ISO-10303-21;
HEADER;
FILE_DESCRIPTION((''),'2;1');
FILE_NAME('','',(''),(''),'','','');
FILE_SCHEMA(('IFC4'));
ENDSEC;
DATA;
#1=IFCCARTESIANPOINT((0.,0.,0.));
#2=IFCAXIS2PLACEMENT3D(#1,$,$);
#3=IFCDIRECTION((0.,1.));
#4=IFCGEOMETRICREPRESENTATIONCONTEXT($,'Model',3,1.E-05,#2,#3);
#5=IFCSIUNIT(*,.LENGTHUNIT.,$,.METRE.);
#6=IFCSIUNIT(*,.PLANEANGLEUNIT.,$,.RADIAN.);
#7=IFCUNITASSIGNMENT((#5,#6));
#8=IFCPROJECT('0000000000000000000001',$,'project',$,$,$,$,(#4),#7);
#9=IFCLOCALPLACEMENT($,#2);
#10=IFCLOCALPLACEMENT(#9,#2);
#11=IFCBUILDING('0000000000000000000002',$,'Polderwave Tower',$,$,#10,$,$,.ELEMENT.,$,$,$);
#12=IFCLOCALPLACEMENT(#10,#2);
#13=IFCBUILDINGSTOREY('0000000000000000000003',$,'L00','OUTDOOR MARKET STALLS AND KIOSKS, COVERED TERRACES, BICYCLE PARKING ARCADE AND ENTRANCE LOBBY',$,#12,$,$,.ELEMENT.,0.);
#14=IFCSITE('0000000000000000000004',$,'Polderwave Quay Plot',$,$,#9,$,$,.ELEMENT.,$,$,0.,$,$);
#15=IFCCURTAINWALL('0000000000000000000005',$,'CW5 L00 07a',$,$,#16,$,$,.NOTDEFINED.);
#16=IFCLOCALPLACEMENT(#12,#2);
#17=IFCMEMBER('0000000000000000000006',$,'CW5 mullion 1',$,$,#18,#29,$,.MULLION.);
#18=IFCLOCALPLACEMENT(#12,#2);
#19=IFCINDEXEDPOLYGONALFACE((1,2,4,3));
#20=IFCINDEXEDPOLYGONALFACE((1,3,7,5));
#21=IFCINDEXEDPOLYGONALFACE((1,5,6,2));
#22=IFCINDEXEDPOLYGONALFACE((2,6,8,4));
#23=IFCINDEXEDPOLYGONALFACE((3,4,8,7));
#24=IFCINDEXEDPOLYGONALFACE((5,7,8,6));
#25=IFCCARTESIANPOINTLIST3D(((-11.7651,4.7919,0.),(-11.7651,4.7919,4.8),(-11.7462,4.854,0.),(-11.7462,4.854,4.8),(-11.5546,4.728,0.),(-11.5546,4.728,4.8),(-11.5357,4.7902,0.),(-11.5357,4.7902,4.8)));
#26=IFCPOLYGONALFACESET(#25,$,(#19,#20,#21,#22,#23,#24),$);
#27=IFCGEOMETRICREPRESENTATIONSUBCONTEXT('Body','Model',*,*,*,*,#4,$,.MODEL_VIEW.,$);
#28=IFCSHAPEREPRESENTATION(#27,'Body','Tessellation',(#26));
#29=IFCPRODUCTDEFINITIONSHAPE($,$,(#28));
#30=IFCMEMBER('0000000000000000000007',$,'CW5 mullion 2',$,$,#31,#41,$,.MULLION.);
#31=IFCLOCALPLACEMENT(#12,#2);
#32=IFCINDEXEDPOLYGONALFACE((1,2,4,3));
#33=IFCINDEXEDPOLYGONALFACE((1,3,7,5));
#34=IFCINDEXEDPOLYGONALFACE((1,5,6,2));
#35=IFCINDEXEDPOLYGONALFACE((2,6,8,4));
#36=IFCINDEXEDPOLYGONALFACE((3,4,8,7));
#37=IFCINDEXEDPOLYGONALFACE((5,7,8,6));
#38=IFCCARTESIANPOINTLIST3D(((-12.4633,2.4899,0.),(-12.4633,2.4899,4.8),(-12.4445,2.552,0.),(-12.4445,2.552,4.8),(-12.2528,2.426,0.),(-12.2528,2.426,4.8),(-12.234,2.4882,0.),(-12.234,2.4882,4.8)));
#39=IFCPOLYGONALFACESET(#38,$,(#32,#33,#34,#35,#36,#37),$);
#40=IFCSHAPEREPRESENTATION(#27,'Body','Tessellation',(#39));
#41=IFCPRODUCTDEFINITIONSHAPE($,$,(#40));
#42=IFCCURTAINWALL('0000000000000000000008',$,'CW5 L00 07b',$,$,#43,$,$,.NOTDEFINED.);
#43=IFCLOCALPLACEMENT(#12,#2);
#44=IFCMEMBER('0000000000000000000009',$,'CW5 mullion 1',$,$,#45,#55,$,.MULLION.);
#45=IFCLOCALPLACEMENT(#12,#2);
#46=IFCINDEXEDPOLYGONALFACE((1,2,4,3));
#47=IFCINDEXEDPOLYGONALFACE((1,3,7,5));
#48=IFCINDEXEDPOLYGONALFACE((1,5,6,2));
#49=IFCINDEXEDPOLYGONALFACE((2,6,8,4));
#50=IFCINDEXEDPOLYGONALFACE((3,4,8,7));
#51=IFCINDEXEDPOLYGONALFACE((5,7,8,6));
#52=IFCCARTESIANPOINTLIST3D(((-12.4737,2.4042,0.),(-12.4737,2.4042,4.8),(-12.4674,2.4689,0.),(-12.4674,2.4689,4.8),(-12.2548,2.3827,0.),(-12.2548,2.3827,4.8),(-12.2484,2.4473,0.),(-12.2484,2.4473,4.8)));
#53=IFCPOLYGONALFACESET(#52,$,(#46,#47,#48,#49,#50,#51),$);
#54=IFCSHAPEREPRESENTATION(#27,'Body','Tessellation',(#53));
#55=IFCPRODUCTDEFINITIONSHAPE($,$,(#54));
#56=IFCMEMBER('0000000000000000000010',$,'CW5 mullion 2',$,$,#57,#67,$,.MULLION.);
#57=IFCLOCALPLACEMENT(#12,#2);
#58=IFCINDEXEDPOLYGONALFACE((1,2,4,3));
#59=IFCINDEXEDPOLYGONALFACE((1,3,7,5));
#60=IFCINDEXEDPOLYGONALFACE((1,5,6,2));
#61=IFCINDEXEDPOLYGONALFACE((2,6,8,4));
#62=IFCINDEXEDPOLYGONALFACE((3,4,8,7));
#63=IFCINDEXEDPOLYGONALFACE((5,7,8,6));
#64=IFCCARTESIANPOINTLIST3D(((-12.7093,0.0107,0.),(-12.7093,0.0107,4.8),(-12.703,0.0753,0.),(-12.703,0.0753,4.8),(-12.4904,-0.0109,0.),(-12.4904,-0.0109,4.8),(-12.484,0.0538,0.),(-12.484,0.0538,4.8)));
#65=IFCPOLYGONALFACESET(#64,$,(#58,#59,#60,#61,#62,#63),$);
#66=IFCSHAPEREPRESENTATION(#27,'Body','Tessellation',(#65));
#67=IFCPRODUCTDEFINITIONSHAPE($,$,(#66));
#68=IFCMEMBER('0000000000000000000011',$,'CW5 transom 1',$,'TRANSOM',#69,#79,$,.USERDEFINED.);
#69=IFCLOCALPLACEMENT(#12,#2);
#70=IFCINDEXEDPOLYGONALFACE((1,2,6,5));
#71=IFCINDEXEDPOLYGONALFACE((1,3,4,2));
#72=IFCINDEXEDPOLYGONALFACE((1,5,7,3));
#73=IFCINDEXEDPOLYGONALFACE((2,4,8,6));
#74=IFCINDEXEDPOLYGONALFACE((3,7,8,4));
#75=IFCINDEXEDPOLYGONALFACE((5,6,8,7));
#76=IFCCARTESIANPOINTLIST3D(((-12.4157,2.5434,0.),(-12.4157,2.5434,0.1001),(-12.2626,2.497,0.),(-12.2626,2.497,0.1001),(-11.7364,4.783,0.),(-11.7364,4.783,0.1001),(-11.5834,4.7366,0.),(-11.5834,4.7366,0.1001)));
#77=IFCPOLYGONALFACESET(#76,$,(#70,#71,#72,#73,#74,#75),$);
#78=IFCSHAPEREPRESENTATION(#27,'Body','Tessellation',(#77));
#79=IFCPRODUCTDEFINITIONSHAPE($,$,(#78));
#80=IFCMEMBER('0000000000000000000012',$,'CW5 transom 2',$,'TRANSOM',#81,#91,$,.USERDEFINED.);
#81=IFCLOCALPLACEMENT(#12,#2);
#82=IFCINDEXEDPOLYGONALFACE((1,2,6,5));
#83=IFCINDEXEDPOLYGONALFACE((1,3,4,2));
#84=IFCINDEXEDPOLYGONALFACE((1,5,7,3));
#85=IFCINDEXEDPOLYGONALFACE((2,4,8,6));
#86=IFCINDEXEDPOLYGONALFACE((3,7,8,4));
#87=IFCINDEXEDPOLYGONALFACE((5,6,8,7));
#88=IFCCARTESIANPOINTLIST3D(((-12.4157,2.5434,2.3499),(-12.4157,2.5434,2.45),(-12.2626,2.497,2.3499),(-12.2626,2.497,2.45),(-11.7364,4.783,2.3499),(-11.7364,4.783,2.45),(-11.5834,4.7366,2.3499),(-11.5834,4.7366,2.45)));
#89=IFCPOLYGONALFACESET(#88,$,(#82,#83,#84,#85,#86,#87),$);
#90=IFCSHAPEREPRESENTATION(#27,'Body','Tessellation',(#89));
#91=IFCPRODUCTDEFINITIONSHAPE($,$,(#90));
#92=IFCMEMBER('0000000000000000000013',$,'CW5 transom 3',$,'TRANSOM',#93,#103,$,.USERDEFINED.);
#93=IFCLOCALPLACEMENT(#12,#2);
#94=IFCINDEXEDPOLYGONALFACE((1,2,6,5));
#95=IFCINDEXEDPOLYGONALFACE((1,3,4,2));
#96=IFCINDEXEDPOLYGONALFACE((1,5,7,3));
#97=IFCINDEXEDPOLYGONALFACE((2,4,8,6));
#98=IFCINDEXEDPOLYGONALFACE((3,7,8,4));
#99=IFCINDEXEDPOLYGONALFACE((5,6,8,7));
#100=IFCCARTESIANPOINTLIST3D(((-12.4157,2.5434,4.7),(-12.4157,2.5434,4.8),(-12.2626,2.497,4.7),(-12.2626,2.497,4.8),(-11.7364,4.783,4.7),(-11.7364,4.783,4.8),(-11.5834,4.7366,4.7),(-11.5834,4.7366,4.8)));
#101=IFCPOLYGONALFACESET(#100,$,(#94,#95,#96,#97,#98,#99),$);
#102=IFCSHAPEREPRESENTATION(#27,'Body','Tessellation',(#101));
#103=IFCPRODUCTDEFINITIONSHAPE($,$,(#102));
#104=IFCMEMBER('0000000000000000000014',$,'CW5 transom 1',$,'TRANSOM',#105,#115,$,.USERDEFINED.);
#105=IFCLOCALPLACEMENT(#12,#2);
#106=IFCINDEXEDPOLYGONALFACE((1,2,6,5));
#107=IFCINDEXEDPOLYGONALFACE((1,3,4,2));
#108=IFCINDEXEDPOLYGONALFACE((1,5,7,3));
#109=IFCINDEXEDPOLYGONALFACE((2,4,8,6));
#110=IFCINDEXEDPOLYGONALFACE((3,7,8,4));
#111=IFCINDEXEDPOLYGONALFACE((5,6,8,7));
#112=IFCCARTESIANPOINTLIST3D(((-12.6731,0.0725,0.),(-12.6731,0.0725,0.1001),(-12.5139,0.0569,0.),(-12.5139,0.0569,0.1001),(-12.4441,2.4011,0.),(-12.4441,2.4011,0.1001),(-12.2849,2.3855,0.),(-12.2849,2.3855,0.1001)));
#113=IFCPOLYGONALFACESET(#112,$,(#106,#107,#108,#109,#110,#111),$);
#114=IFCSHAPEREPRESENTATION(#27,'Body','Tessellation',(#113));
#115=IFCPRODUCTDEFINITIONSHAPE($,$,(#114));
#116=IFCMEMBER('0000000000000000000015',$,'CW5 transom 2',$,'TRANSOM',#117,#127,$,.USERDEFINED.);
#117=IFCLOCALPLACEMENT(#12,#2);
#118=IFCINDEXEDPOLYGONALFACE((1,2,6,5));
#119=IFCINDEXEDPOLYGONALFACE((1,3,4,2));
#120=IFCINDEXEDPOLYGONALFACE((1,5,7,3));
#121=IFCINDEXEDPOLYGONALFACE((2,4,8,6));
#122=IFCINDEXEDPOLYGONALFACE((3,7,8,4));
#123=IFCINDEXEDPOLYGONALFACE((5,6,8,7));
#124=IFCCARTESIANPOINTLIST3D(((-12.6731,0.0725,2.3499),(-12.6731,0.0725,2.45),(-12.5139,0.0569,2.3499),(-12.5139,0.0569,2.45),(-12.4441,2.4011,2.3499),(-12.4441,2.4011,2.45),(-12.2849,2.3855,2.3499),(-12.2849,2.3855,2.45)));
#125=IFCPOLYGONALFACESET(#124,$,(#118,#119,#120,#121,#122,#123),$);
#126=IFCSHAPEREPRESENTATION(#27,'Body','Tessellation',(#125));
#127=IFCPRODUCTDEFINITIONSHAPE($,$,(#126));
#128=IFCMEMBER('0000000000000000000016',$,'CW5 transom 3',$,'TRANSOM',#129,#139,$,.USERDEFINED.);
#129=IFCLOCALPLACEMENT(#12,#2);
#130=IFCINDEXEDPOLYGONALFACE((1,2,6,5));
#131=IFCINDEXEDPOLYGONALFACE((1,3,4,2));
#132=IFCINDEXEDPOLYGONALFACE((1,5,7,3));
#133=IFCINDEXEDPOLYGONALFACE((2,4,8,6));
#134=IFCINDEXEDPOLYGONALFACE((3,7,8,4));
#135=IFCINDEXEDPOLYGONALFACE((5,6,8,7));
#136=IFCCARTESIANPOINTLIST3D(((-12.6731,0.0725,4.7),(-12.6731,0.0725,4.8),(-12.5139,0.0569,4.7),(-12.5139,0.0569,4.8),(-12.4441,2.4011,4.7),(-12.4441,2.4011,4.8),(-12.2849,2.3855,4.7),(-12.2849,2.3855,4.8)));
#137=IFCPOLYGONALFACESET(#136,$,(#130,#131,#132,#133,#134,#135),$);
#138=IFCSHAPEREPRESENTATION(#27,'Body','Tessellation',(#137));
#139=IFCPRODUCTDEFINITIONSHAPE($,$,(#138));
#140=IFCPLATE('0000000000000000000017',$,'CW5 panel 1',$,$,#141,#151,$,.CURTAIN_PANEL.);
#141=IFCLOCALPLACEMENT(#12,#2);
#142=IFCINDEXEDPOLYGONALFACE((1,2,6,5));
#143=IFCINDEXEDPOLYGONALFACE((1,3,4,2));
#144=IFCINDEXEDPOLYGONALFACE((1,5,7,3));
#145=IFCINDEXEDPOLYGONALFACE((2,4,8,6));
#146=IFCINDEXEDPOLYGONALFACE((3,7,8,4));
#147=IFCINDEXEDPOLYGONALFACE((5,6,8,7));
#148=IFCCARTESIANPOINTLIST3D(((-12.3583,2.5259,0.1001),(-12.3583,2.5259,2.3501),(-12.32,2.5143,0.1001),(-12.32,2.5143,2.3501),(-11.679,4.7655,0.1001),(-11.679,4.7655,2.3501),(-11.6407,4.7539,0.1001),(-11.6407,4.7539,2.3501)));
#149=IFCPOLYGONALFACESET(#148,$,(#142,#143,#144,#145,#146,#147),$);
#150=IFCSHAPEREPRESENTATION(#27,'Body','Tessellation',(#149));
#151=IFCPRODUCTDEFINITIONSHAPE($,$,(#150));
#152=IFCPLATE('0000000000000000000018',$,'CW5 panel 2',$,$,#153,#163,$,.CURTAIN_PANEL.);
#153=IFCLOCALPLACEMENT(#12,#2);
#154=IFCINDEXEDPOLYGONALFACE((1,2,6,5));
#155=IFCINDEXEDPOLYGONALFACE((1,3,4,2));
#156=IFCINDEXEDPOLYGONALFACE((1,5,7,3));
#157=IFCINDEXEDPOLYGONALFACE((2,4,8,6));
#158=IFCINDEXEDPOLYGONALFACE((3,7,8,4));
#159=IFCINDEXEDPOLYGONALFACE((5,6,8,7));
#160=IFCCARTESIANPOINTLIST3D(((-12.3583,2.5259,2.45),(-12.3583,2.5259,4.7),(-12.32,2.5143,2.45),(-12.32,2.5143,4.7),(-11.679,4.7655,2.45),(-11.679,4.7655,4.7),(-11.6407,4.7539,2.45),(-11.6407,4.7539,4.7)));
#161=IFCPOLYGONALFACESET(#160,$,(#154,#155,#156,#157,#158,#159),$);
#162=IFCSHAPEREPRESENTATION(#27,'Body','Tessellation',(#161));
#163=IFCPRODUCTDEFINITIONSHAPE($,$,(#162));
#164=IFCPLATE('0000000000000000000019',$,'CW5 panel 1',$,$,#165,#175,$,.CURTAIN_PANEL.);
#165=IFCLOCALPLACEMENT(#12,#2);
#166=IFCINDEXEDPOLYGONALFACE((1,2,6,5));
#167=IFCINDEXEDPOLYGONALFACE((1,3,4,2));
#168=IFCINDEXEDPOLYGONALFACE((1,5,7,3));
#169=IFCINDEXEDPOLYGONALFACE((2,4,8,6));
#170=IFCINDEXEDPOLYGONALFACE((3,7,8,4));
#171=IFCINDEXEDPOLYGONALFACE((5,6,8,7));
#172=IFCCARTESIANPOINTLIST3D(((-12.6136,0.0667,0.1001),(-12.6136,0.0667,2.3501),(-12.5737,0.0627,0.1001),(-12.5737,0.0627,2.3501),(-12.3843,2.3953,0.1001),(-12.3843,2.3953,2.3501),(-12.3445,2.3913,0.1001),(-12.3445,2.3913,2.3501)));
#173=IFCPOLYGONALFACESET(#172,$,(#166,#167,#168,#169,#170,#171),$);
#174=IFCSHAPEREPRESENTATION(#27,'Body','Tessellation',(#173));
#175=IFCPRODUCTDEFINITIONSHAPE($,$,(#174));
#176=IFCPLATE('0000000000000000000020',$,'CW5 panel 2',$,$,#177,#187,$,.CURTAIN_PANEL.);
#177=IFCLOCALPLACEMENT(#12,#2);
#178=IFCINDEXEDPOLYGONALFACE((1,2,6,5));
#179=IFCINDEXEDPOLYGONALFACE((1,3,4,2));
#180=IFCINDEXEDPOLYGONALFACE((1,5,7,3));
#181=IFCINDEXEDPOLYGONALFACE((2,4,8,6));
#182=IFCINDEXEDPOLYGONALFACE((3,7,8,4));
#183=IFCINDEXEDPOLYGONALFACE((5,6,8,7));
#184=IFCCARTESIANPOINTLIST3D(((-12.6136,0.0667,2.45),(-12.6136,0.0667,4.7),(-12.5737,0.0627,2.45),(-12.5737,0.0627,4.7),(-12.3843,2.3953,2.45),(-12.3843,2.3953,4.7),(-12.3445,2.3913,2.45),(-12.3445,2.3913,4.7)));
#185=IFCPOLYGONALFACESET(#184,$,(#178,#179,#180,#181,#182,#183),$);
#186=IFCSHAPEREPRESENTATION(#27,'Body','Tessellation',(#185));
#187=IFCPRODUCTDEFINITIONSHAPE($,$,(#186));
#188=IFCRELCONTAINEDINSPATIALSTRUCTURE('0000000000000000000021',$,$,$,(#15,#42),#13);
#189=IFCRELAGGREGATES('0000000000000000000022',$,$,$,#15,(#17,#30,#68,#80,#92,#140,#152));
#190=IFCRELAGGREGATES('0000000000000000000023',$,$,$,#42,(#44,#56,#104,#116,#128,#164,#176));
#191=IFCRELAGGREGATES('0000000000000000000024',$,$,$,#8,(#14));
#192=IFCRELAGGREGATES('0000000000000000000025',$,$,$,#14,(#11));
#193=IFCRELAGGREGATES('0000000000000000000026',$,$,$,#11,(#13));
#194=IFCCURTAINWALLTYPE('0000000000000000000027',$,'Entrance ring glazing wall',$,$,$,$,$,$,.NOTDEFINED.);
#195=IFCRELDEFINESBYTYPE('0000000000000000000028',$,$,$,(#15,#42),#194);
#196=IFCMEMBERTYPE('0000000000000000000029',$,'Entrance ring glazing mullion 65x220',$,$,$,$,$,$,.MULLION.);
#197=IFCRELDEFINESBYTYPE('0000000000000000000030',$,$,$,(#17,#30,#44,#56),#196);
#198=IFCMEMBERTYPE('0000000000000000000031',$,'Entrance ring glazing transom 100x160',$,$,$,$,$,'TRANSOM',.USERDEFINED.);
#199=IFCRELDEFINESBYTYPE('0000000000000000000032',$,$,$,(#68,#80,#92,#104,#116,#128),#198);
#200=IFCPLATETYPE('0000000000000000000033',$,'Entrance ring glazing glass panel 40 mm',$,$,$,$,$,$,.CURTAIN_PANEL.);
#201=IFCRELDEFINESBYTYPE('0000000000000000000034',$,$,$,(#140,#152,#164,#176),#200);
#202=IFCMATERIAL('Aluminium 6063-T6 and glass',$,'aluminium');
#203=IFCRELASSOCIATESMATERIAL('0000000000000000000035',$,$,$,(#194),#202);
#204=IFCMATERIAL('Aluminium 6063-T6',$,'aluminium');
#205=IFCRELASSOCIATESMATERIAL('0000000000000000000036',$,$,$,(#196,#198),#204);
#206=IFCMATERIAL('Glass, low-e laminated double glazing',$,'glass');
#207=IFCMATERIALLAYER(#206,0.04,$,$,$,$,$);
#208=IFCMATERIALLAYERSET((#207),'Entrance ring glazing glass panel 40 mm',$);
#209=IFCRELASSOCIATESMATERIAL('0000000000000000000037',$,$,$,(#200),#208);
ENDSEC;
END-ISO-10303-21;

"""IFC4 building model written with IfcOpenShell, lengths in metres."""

from ifc_helpers import new_model, si_unit, direction, frame, origin, origin_2d, place, context, subcontext, project, spatial, rectangle, extrude, material, layer, layer_set, material_profile, profile_set, type_object, element, aggregate, save


model = new_model("IFC4")

# Units and contexts
model_context = context("Model", 3, precision=1e-05, world=origin(), true_north=direction((0.0, 1.0)))
body_context = subcontext(model_context, "Body", "Model", "MODEL_VIEW")
ifc_project = project(units=[si_unit("LENGTHUNIT", "METRE"), si_unit("PLANEANGLEUNIT", "RADIAN")], contexts=[model_context])

# Site, building, storey
site_placement = place(None, origin())
site = spatial("IfcSite", under=ifc_project, at=site_placement, Name="Polderwave Quay Plot", CompositionType="ELEMENT", RefElevation=0.0)
building_placement = place(site_placement, origin())
building = spatial("IfcBuilding", under=site, at=building_placement, Name="Polderwave Tower", CompositionType="ELEMENT")
storey_placement = place(building_placement, origin())
storey = spatial("IfcBuildingStorey", under=building, at=storey_placement, Name="L00", Description="OUTDOOR MARKET STALLS AND KIOSKS, COVERED TERRACES, BICYCLE PARKING ARCADE AND ENTRANCE LOBBY", CompositionType="ELEMENT", Elevation=0.0)

# Curtain walls, members
ifc_material_1 = material(Name="Aluminium 6063-T6 and glass", Category="aluminium")
curtain_wall_type = type_object("IfcCurtainWallType", Name="Entrance ring glazing wall", PredefinedType="NOTDEFINED", material=ifc_material_1)
curtain_wall_1_placement = place(storey_placement, origin())
curtain_wall_1 = element("IfcCurtainWall", 1, at=curtain_wall_1_placement, inside=storey, type_object=curtain_wall_type, Name="CW5 L00 07a", PredefinedType="NOTDEFINED")
ifc_material_2 = material(Name="Aluminium 6063-T6", Category="aluminium")
ifc_material_profile_1 = material_profile(ifc_material_2, rectangle(XDim=0.22, YDim=0.0649, at=origin_2d()), Name="AL 65x220")
ifc_profile_set_1 = profile_set([ifc_material_profile_1], Name="Aluminium 6063-T6")
member_type_1 = type_object("IfcMemberType", Name="Entrance ring glazing mullion 65x220", PredefinedType="MULLION", material=ifc_profile_set_1)
member_1_placement = place(storey_placement, frame((-11.6504, 4.791, 0.0), z_axis=(0.0, 0.0, 1.0), x_axis=(0.956953, -0.290243, 0.0)))
member_1 = element("IfcMember", 2, at=member_1_placement, type_object=member_type_1, Name="CW5 mullion 1", PredefinedType="MULLION", context=body_context, shape_type="SweptSolid", body=[
    extrude(rectangle(XDim=0.22, YDim=0.0649, at=origin_2d()), origin(), (0.0, 0.0, 1.0), 4.8),
])
member_2_placement = place(storey_placement, frame((-12.3486, 2.489, 0.0), z_axis=(0.0, 0.0, 1.0), x_axis=(0.956953, -0.290243, 0.0)))
member_2 = element("IfcMember", 3, at=member_2_placement, type_object=member_type_1, Name="CW5 mullion 2", PredefinedType="MULLION", context=body_context, shape_type="SweptSolid", body=[
    extrude(rectangle(XDim=0.22, YDim=0.0649, at=origin_2d()), origin(), (0.0, 0.0, 1.0), 4.8),
])
curtain_wall_2_placement = place(storey_placement, origin())
curtain_wall_2 = element("IfcCurtainWall", 4, at=curtain_wall_2_placement, inside=storey, type_object=curtain_wall_type, Name="CW5 L00 07b", PredefinedType="NOTDEFINED")
member_3_placement = place(storey_placement, frame((-12.3611, 2.4258, 0.0), z_axis=(0.0, 0.0, 1.0), x_axis=(0.995188, -0.097981, 0.0)))
member_3 = element("IfcMember", 5, at=member_3_placement, type_object=member_type_1, Name="CW5 mullion 1", PredefinedType="MULLION", context=body_context, shape_type="SweptSolid", body=[
    extrude(rectangle(XDim=0.22, YDim=0.0649, at=origin_2d()), origin(), (0.0, 0.0, 1.0), 4.8),
])
member_4_placement = place(storey_placement, frame((-12.5967, 0.0322, 0.0), z_axis=(0.0, 0.0, 1.0), x_axis=(0.995188, -0.097981, 0.0)))
member_4 = element("IfcMember", 6, at=member_4_placement, type_object=member_type_1, Name="CW5 mullion 2", PredefinedType="MULLION", context=body_context, shape_type="SweptSolid", body=[
    extrude(rectangle(XDim=0.22, YDim=0.0649, at=origin_2d()), origin(), (0.0, 0.0, 1.0), 4.8),
])

# Members
ifc_material_profile_2 = material_profile(ifc_material_2, rectangle(XDim=0.1599, YDim=0.1001, at=origin_2d()), Name="AL 100x160")
ifc_profile_set_2 = profile_set([ifc_material_profile_2], Name="Aluminium 6063-T6")
member_type_2 = type_object("IfcMemberType", Name="Entrance ring glazing transom 100x160", ElementType="TRANSOM", PredefinedType="USERDEFINED", material=ifc_profile_set_2)
member_5_placement = place(storey_placement, frame((-11.6599, 4.7598, 0.05), z_axis=(-0.290227, -0.956958, 0.0), x_axis=(0.956958, -0.290227, 0.0)))
member_5 = element("IfcMember", 7, at=member_5_placement, type_object=member_type_2, Name="CW5 transom 1", ObjectType="TRANSOM", PredefinedType="USERDEFINED", context=body_context, shape_type="SweptSolid", body=[
    extrude(rectangle(XDim=0.1599, YDim=0.1001, at=origin_2d()), origin(), (0.0, 0.0, 1.0), 2.3403),
])
member_6_placement = place(storey_placement, frame((-11.6599, 4.7598, 2.3999), z_axis=(-0.290227, -0.956958, 0.0), x_axis=(0.956958, -0.290227, 0.0)))
member_6 = element("IfcMember", 8, at=member_6_placement, type_object=member_type_2, Name="CW5 transom 2", ObjectType="TRANSOM", PredefinedType="USERDEFINED", context=body_context, shape_type="SweptSolid", body=[
    extrude(rectangle(XDim=0.1599, YDim=0.1001, at=origin_2d()), origin(), (0.0, 0.0, 1.0), 2.3403),
])
member_7_placement = place(storey_placement, frame((-11.6599, 4.7598, 4.75), z_axis=(-0.290227, -0.956958, 0.0), x_axis=(0.956958, -0.290227, 0.0)))
member_7 = element("IfcMember", 9, at=member_7_placement, type_object=member_type_2, Name="CW5 transom 3", ObjectType="TRANSOM", PredefinedType="USERDEFINED", context=body_context, shape_type="SweptSolid", body=[
    extrude(rectangle(XDim=0.1599, YDim=0.1001, at=origin_2d()), origin(), (0.0, 0.0, 1.0), 2.3403),
])
member_8_placement = place(storey_placement, frame((-12.3645, 2.3933, 0.05), z_axis=(-0.097871, -0.995199, 0.0), x_axis=(0.995199, -0.097871, 0.0)))
member_8 = element("IfcMember", 10, at=member_8_placement, type_object=member_type_2, Name="CW5 transom 1", ObjectType="TRANSOM", PredefinedType="USERDEFINED", context=body_context, shape_type="SweptSolid", body=[
    extrude(rectangle(XDim=0.1599, YDim=0.1001, at=origin_2d()), origin(), (0.0, 0.0, 1.0), 2.3398),
])
member_9_placement = place(storey_placement, frame((-12.3645, 2.3933, 2.3999), z_axis=(-0.097871, -0.995199, 0.0), x_axis=(0.995199, -0.097871, 0.0)))
member_9 = element("IfcMember", 11, at=member_9_placement, type_object=member_type_2, Name="CW5 transom 2", ObjectType="TRANSOM", PredefinedType="USERDEFINED", context=body_context, shape_type="SweptSolid", body=[
    extrude(rectangle(XDim=0.1599, YDim=0.1001, at=origin_2d()), origin(), (0.0, 0.0, 1.0), 2.3398),
])
member_10_placement = place(storey_placement, frame((-12.3645, 2.3933, 4.75), z_axis=(-0.097871, -0.995199, 0.0), x_axis=(0.995199, -0.097871, 0.0)))
member_10 = element("IfcMember", 12, at=member_10_placement, type_object=member_type_2, Name="CW5 transom 3", ObjectType="TRANSOM", PredefinedType="USERDEFINED", context=body_context, shape_type="SweptSolid", body=[
    extrude(rectangle(XDim=0.1599, YDim=0.1001, at=origin_2d()), origin(), (0.0, 0.0, 1.0), 2.3398),
])

# Plates
ifc_material_3 = material(Name="Glass, low-e laminated double glazing", Category="glass")
ifc_layer = layer(ifc_material_3, 0.04)
ifc_layer_set = layer_set([ifc_layer], Name="Entrance ring glazing glass panel 40 mm")
plate_type = type_object("IfcPlateType", Name="Entrance ring glazing glass panel 40 mm", PredefinedType="CURTAIN_PANEL", material=ifc_layer_set)
plate_1_placement = place(storey_placement, frame((-11.9995, 3.6399, 0.1001), z_axis=(0.0, 0.0, 1.0), x_axis=(-0.290243, -0.956953, 0.0)))
plate_1 = element("IfcPlate", 13, at=plate_1_placement, type_object=plate_type, Name="CW5 panel 1", PredefinedType="CURTAIN_PANEL", context=body_context, shape_type="SweptSolid", body=[
    extrude(rectangle(XDim=2.3403, YDim=0.04, at=origin_2d()), origin(), (0.0, 0.0, 1.0), 2.25),
])
plate_2_placement = place(storey_placement, frame((-11.9995, 3.6399, 2.45), z_axis=(0.0, 0.0, 1.0), x_axis=(-0.290243, -0.956953, 0.0)))
plate_2 = element("IfcPlate", 14, at=plate_2_placement, type_object=plate_type, Name="CW5 panel 2", PredefinedType="CURTAIN_PANEL", context=body_context, shape_type="SweptSolid", body=[
    extrude(rectangle(XDim=2.3403, YDim=0.04, at=origin_2d()), origin(), (0.0, 0.0, 1.0), 2.25),
])
aggregate(curtain_wall_1, [member_1, member_2, member_5, member_6, member_7, plate_1, plate_2])
plate_3_placement = place(storey_placement, frame((-12.479, 1.229, 0.1001), z_axis=(0.0, 0.0, 1.0), x_axis=(-0.097981, -0.995188, 0.0)))
plate_3 = element("IfcPlate", 15, at=plate_3_placement, type_object=plate_type, Name="CW5 panel 1", PredefinedType="CURTAIN_PANEL", context=body_context, shape_type="SweptSolid", body=[
    extrude(rectangle(XDim=2.3398, YDim=0.04, at=origin_2d()), origin(), (0.0, 0.0, 1.0), 2.25),
])
plate_4_placement = place(storey_placement, frame((-12.479, 1.229, 2.45), z_axis=(0.0, 0.0, 1.0), x_axis=(-0.097981, -0.995188, 0.0)))
plate_4 = element("IfcPlate", 16, at=plate_4_placement, type_object=plate_type, Name="CW5 panel 2", PredefinedType="CURTAIN_PANEL", context=body_context, shape_type="SweptSolid", body=[
    extrude(rectangle(XDim=2.3398, YDim=0.04, at=origin_2d()), origin(), (0.0, 0.0, 1.0), 2.25),
])
aggregate(curtain_wall_2, [member_3, member_4, member_8, member_9, member_10, plate_3, plate_4])

save(model, "model.ifc")
